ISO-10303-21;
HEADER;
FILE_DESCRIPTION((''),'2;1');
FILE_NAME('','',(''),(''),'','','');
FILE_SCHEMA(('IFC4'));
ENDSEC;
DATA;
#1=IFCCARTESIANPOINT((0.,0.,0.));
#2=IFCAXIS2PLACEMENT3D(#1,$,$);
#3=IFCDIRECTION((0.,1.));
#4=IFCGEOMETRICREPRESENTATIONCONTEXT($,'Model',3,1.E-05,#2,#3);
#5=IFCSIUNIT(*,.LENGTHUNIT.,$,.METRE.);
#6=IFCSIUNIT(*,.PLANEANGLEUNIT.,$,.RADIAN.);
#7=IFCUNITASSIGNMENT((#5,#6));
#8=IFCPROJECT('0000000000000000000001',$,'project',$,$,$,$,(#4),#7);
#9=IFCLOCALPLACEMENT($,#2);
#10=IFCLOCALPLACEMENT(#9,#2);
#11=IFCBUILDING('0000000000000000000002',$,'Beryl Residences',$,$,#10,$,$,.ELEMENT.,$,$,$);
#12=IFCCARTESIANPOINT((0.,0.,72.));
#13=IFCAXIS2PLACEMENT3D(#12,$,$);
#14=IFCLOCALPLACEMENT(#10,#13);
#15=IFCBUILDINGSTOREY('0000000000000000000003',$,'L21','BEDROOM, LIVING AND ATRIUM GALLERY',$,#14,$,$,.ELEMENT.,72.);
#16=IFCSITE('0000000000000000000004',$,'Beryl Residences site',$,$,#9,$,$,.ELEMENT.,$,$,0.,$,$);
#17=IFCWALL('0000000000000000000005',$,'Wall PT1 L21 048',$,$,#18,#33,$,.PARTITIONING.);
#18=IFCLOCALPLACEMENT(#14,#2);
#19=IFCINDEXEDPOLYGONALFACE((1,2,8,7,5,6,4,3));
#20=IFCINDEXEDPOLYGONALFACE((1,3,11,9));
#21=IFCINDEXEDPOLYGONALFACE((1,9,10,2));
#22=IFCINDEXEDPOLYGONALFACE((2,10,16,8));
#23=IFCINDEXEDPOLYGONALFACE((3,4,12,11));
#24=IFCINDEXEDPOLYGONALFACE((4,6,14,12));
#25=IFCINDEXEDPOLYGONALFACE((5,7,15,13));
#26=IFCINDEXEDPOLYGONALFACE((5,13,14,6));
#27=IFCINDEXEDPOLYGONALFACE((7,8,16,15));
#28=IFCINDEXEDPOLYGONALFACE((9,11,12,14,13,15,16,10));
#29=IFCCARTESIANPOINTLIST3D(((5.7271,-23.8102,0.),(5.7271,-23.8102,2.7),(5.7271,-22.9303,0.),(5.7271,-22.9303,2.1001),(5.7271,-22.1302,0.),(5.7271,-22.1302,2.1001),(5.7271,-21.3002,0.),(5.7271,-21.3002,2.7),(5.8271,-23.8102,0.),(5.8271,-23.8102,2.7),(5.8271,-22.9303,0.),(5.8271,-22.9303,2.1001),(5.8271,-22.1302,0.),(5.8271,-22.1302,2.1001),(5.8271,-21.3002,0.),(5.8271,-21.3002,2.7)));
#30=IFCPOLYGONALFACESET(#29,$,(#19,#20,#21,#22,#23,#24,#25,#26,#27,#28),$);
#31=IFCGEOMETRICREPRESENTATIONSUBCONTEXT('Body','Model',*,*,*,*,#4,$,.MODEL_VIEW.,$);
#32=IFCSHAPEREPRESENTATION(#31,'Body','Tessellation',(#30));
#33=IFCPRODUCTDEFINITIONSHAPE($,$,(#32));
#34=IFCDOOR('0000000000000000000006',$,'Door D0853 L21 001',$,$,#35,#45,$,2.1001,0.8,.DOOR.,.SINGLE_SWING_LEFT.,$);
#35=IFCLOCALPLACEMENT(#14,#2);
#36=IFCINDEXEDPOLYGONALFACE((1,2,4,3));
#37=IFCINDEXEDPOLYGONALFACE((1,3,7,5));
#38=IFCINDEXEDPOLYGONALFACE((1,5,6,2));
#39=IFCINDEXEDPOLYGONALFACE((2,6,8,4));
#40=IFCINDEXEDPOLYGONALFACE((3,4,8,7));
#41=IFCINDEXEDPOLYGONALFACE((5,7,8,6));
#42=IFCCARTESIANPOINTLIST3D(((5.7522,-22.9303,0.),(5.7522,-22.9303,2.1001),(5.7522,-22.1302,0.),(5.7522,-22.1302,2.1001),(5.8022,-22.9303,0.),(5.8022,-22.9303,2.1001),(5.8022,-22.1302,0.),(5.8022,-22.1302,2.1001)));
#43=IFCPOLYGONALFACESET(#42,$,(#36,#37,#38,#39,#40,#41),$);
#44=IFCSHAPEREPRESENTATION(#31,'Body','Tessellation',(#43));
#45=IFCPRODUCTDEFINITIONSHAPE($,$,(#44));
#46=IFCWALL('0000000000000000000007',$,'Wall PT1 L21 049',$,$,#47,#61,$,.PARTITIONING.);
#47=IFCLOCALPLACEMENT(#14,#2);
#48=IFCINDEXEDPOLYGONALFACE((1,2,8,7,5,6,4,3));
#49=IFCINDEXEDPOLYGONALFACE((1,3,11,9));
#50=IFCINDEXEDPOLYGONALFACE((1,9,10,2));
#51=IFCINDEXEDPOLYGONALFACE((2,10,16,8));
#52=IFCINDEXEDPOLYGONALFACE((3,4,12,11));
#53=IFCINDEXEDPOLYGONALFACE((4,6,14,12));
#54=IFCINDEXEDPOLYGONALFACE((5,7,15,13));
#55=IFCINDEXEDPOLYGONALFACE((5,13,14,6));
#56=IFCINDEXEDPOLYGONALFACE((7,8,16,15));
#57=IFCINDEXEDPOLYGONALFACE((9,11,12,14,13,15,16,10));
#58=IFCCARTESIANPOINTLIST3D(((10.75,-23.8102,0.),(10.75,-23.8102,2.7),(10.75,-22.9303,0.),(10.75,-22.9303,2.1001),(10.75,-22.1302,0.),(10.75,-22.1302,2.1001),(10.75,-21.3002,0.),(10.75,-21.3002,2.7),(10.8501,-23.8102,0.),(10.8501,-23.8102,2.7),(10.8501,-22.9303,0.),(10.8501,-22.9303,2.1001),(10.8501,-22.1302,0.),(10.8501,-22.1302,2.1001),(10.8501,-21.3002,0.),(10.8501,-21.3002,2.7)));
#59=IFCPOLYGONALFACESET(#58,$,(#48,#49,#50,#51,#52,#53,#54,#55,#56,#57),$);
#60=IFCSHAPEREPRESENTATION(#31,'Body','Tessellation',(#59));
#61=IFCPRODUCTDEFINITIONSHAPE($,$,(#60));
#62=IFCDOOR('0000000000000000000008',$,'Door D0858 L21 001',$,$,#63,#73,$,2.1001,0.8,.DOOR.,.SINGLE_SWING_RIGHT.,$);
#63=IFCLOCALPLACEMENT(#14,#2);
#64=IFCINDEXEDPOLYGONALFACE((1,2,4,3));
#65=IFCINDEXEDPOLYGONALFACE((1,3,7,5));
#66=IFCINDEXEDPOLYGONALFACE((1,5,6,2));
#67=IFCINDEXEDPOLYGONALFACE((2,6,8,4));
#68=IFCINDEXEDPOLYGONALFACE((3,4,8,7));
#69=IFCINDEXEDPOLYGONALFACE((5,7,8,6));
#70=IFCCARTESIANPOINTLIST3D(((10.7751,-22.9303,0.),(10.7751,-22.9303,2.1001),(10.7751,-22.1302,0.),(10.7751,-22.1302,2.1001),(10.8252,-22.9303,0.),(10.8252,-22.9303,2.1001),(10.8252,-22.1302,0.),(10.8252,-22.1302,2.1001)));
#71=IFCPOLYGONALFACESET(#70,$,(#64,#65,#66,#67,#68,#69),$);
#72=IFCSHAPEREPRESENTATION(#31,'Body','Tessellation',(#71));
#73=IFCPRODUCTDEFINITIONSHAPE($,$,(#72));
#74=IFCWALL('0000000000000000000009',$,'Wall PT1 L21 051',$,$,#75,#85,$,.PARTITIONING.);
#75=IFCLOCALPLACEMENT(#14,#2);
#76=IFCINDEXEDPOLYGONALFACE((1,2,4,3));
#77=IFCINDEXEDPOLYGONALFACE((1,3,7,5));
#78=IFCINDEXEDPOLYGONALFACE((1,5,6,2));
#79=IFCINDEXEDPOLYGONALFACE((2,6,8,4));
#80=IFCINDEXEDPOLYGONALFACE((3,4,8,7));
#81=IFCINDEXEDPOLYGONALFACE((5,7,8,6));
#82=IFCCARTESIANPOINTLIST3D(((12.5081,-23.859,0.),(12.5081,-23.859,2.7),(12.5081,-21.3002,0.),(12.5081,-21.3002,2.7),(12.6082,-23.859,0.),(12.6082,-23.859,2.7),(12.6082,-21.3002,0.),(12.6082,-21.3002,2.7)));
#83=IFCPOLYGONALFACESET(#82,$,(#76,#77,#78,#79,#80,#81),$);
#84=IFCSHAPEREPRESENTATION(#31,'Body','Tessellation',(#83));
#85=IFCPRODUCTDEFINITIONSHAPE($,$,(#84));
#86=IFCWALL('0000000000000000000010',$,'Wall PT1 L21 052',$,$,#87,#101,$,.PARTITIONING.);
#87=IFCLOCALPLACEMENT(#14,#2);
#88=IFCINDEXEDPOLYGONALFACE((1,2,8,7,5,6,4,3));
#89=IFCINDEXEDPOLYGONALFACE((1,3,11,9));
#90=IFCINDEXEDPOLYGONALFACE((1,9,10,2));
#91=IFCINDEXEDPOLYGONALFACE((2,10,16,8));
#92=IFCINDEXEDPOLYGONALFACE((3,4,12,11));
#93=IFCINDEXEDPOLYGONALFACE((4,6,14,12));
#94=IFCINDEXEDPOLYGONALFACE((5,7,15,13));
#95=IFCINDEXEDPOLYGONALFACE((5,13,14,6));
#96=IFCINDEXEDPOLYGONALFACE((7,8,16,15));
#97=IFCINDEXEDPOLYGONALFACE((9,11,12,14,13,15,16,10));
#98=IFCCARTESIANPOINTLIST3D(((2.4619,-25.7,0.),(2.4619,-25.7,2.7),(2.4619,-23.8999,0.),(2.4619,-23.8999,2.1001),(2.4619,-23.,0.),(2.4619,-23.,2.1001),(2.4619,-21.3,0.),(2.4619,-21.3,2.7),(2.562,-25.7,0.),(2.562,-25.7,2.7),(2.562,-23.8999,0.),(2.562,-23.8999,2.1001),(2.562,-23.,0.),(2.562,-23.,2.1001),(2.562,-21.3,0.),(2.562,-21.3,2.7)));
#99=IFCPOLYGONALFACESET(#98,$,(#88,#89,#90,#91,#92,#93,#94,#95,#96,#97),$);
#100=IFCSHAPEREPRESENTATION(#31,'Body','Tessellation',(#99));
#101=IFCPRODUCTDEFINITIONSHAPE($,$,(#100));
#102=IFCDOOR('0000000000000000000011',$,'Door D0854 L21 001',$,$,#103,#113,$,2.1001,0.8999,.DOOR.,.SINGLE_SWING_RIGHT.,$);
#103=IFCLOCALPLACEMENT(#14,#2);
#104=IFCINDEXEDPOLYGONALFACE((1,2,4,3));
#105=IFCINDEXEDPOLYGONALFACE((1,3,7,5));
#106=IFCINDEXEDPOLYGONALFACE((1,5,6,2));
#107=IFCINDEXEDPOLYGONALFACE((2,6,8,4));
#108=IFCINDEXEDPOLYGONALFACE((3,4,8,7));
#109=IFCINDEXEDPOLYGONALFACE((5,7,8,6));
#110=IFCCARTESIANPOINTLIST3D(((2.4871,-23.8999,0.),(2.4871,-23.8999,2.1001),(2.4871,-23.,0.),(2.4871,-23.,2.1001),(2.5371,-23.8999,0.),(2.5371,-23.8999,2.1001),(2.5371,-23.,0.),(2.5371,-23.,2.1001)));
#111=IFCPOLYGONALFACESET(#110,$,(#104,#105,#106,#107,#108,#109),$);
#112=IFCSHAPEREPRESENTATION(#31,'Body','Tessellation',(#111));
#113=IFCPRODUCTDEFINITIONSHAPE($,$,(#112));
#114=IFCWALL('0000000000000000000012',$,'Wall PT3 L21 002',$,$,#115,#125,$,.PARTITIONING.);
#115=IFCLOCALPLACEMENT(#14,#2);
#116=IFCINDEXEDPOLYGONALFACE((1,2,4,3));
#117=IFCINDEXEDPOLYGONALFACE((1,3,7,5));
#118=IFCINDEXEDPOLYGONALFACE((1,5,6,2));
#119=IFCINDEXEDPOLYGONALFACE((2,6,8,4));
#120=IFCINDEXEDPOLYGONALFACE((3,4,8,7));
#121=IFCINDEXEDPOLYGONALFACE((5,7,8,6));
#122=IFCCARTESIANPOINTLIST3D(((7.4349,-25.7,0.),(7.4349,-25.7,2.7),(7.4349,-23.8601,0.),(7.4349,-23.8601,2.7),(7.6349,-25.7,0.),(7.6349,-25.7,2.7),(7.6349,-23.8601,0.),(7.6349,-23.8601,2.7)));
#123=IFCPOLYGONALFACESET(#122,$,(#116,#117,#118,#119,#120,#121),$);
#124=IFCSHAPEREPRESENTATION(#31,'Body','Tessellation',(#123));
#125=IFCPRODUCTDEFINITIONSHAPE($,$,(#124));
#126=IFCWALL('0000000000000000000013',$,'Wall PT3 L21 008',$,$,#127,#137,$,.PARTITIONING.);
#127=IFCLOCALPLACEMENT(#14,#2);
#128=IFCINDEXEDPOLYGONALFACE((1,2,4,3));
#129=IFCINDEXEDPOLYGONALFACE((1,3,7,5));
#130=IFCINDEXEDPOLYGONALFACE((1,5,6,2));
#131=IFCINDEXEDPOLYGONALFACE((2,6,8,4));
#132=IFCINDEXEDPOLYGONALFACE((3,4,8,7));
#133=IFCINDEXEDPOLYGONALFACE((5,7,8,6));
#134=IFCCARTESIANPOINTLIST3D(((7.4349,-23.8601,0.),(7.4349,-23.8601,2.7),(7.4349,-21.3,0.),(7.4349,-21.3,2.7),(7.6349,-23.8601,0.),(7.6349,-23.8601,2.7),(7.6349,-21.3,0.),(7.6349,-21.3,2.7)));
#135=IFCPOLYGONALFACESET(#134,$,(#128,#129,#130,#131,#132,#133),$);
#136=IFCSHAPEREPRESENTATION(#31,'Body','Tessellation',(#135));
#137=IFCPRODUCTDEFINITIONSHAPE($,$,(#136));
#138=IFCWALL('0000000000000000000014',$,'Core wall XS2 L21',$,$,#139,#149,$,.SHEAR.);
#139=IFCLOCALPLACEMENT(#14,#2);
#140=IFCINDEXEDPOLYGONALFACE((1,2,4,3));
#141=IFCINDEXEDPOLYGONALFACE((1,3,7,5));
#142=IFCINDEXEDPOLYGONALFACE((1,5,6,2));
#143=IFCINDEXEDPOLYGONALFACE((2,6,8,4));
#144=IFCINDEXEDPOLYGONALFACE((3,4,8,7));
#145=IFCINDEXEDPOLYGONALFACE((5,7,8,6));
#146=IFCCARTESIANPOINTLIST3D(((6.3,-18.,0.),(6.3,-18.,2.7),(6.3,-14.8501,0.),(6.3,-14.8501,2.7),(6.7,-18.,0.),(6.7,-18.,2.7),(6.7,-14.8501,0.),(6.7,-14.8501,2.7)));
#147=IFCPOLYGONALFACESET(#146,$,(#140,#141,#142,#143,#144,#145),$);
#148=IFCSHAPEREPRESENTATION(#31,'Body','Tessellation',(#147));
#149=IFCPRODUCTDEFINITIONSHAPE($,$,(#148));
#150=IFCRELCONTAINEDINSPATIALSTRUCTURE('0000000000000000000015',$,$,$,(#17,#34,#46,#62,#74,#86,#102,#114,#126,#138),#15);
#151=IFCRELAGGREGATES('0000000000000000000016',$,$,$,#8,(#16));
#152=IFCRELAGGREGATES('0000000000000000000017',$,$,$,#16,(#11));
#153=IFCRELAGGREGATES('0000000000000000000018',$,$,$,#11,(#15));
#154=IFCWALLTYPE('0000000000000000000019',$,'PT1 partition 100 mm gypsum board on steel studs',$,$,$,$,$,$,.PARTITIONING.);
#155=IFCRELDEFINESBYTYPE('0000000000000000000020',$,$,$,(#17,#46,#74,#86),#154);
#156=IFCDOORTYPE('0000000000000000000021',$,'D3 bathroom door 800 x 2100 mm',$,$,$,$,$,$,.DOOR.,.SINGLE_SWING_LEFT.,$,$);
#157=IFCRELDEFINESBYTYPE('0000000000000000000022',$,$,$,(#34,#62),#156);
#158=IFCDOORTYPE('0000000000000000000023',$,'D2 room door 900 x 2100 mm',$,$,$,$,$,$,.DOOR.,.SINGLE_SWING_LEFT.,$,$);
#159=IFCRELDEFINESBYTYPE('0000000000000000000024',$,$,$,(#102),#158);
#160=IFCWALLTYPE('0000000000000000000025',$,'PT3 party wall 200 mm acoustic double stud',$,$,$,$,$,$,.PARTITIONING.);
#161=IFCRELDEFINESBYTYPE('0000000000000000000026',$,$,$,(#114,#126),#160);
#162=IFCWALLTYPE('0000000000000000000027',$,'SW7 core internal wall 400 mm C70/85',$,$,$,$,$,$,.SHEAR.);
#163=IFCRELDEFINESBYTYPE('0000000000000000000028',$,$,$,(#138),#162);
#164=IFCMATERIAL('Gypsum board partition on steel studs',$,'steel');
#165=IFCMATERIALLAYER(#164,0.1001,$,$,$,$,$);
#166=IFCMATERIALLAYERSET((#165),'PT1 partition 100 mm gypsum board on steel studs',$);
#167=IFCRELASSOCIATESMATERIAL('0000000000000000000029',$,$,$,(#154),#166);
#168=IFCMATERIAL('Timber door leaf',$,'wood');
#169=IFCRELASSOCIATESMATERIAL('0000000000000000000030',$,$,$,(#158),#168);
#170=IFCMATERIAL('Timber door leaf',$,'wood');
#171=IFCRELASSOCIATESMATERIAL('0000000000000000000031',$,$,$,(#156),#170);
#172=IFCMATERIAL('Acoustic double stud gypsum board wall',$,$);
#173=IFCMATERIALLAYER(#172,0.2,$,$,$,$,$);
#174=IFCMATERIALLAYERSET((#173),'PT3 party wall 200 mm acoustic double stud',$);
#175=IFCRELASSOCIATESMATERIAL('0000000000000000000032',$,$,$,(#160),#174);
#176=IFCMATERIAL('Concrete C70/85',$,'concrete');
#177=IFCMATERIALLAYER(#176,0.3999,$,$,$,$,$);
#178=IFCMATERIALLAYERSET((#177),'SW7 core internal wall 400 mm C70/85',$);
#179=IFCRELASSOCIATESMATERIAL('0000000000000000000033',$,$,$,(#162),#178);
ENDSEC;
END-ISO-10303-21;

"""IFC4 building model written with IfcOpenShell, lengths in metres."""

from ifc_helpers import new_model, si_unit, direction, frame, frame_2d, origin, place, context, subcontext, project, spatial, rectangle, extrude, material, layer, layer_set, type_object, element, fill, save


model = new_model("IFC4")

# Units and contexts
model_context = context("Model", 3, precision=1e-05, world=origin(), true_north=direction((0.0, 1.0)))
body_context = subcontext(model_context, "Body", "Model", "MODEL_VIEW")
ifc_project = project(units=[si_unit("LENGTHUNIT", "METRE"), si_unit("PLANEANGLEUNIT", "RADIAN")], contexts=[model_context])

# Site, building, storey
site_placement = place(None, origin())
site = spatial("IfcSite", under=ifc_project, at=site_placement, Name="Beryl Residences site", CompositionType="ELEMENT", RefElevation=0.0)
building_placement = place(site_placement, origin())
building = spatial("IfcBuilding", under=site, at=building_placement, Name="Beryl Residences", CompositionType="ELEMENT")
storey_placement = place(building_placement, frame((0.0, 0.0, 72.0)))
storey = spatial("IfcBuildingStorey", under=building, at=storey_placement, Name="L21", Description="BEDROOM, LIVING AND ATRIUM GALLERY", CompositionType="ELEMENT", Elevation=72.0)

# Shared definitions
ifc_material_1 = material(Name="Gypsum board partition on steel studs", Category="steel")
ifc_layer_1 = layer(ifc_material_1, 0.1001)
ifc_layer_set_1 = layer_set([ifc_layer_1], Name="PT1 partition 100 mm gypsum board on steel studs")
wall_type_1 = type_object("IfcWallType", Name="PT1 partition 100 mm gypsum board on steel studs", PredefinedType="PARTITIONING", material=ifc_layer_set_1)
ifc_material_2 = material(Name="Timber door leaf", Category="wood")
door_type_1 = type_object("IfcDoorType", Name="D2 room door 900 x 2100 mm", OperationType="SINGLE_SWING_LEFT", PredefinedType="DOOR", material=ifc_material_2)

# Walls, openings, doors
wall_1_placement = place(storey_placement, frame((5.7771, -23.8101, 0.0), z_axis=(0.0, 0.0, 1.0), x_axis=(0.0, 1.0, 0.0)))
wall_1 = element("IfcWall", 1, at=wall_1_placement, inside=storey, type_object=wall_type_1, Name="Wall PT1 L21 048", PredefinedType="PARTITIONING", context=body_context, shape_type="SweptSolid", body=[
    extrude(rectangle(XDim=2.51, YDim=0.1001, at=frame_2d((1.2549, 0.0))), origin(), (0.0, 0.0, 1.0), 2.7),
])
opening_1_placement = place(wall_1_placement, frame((0.8799, 0.0, 0.0)))
opening_1 = element("IfcOpeningElement", 2, at=opening_1_placement, cuts=wall_1, PredefinedType="OPENING", context=body_context, shape_type="SweptSolid", body=[
    extrude(rectangle(XDim=0.8, YDim=2.1001, at=frame_2d((0.3999, 1.05))), frame((0.0, 0.0601, 0.0), z_axis=(0.0, -1.0, 0.0), x_axis=(1.0, 0.0, 0.0)), (0.0, 0.0, 1.0), 0.1201),
])
ifc_material_3 = material(Name="Timber door leaf", Category="wood")
door_type_2 = type_object("IfcDoorType", Name="D3 bathroom door 800 x 2100 mm", OperationType="SINGLE_SWING_LEFT", PredefinedType="DOOR", material=ifc_material_3)
door_1_placement = place(opening_1_placement, origin())
door_1 = element("IfcDoor", 3, at=door_1_placement, inside=storey, type_object=door_type_2, Name="Door D0853 L21 001", OperationType="SINGLE_SWING_LEFT", OverallHeight=2.1001, OverallWidth=0.8, PredefinedType="DOOR", context=body_context, shape_type="SweptSolid", body=[
    extrude(rectangle(XDim=0.8, YDim=2.1001, at=frame_2d((0.3999, 1.05))), frame((0.0, 0.0249, 0.0), z_axis=(0.0, -1.0, 0.0), x_axis=(1.0, 0.0, 0.0)), (0.0, 0.0, 1.0), 0.05),
])
fill(opening_1, door_1)
wall_2_placement = place(storey_placement, frame((10.8, -23.8101, 0.0), z_axis=(0.0, 0.0, 1.0), x_axis=(0.0, 1.0, 0.0)))
wall_2 = element("IfcWall", 4, at=wall_2_placement, inside=storey, type_object=wall_type_1, Name="Wall PT1 L21 049", PredefinedType="PARTITIONING", context=body_context, shape_type="SweptSolid", body=[
    extrude(rectangle(XDim=2.51, YDim=0.1001, at=frame_2d((1.2549, 0.0))), origin(), (0.0, 0.0, 1.0), 2.7),
])
opening_2_placement = place(wall_2_placement, frame((0.8799, 0.0, 0.0)))
opening_2 = element("IfcOpeningElement", 5, at=opening_2_placement, cuts=wall_2, PredefinedType="OPENING", context=body_context, shape_type="SweptSolid", body=[
    extrude(rectangle(XDim=0.8, YDim=2.1001, at=frame_2d((0.3999, 1.05))), frame((0.0, 0.0601, 0.0), z_axis=(0.0, -1.0, 0.0), x_axis=(1.0, 0.0, 0.0)), (0.0, 0.0, 1.0), 0.1201),
])
door_2_placement = place(opening_2_placement, origin())
door_2 = element("IfcDoor", 6, at=door_2_placement, inside=storey, type_object=door_type_2, Name="Door D0858 L21 001", OperationType="SINGLE_SWING_RIGHT", OverallHeight=2.1001, OverallWidth=0.8, PredefinedType="DOOR", context=body_context, shape_type="SweptSolid", body=[
    extrude(rectangle(XDim=0.8, YDim=2.1001, at=frame_2d((0.3999, 1.05))), frame((0.0, 0.0249, 0.0), z_axis=(0.0, -1.0, 0.0), x_axis=(1.0, 0.0, 0.0)), (0.0, 0.0, 1.0), 0.05),
])
fill(opening_2, door_2)

# Wall
wall_3_placement = place(storey_placement, frame((12.5581, -23.8589, 0.0), z_axis=(0.0, 0.0, 1.0), x_axis=(0.0, 1.0, 0.0)))
element("IfcWall", 7, at=wall_3_placement, inside=storey, type_object=wall_type_1, Name="Wall PT1 L21 051", PredefinedType="PARTITIONING", context=body_context, shape_type="SweptSolid", body=[
    extrude(rectangle(XDim=2.5588, YDim=0.1001, at=frame_2d((1.2793, 0.0))), origin(), (0.0, 0.0, 1.0), 2.7),
])

# Wall, opening, door
wall_4_placement = place(storey_placement, frame((2.512, -25.7, 0.0), z_axis=(0.0, 0.0, 1.0), x_axis=(0.0, 1.0, 0.0)))
wall_4 = element("IfcWall", 8, at=wall_4_placement, inside=storey, type_object=wall_type_1, Name="Wall PT1 L21 052", PredefinedType="PARTITIONING", context=body_context, shape_type="SweptSolid", body=[
    extrude(rectangle(XDim=4.3999, YDim=0.1001, at=frame_2d((2.2, 0.0))), origin(), (0.0, 0.0, 1.0), 2.7),
])
opening_3_placement = place(wall_4_placement, frame((1.8, 0.0, 0.0)))
opening_3 = element("IfcOpeningElement", 9, at=opening_3_placement, cuts=wall_4, PredefinedType="OPENING", context=body_context, shape_type="SweptSolid", body=[
    extrude(rectangle(XDim=0.8999, YDim=2.1001, at=frame_2d((0.45, 1.05))), frame((0.0, 0.0601, 0.0), z_axis=(0.0, -1.0, 0.0), x_axis=(1.0, 0.0, 0.0)), (0.0, 0.0, 1.0), 0.1201),
])
door_3_placement = place(opening_3_placement, origin())
door_3 = element("IfcDoor", 10, at=door_3_placement, inside=storey, type_object=door_type_1, Name="Door D0854 L21 001", OperationType="SINGLE_SWING_RIGHT", OverallHeight=2.1001, OverallWidth=0.8999, PredefinedType="DOOR", context=body_context, shape_type="SweptSolid", body=[
    extrude(rectangle(XDim=0.8999, YDim=2.1001, at=frame_2d((0.45, 1.05))), frame((0.0, 0.0249, 0.0), z_axis=(0.0, -1.0, 0.0), x_axis=(1.0, 0.0, 0.0)), (0.0, 0.0, 1.0), 0.05),
])
fill(opening_3, door_3)

# Walls
ifc_material_4 = material(Name="Acoustic double stud gypsum board wall")
ifc_layer_2 = layer(ifc_material_4, 0.2)
ifc_layer_set_2 = layer_set([ifc_layer_2], Name="PT3 party wall 200 mm acoustic double stud")
wall_type_2 = type_object("IfcWallType", Name="PT3 party wall 200 mm acoustic double stud", PredefinedType="PARTITIONING", material=ifc_layer_set_2)
wall_5_placement = place(storey_placement, frame((7.5349, -23.8601, 0.0), z_axis=(0.0, 0.0, 1.0), x_axis=(0.0, -1.0, 0.0)))
element("IfcWall", 11, at=wall_5_placement, inside=storey, type_object=wall_type_2, Name="Wall PT3 L21 002", PredefinedType="PARTITIONING", context=body_context, shape_type="SweptSolid", body=[
    extrude(rectangle(XDim=1.8398, YDim=0.2, at=frame_2d((0.9199, 0.0))), origin(), (0.0, 0.0, 1.0), 2.7),
])
wall_6_placement = place(storey_placement, frame((7.5349, -23.8601, 0.0), z_axis=(0.0, 0.0, 1.0), x_axis=(0.0, 1.0, 0.0)))
element("IfcWall", 12, at=wall_6_placement, inside=storey, type_object=wall_type_2, Name="Wall PT3 L21 008", PredefinedType="PARTITIONING", context=body_context, shape_type="SweptSolid", body=[
    extrude(rectangle(XDim=2.5601, YDim=0.2, at=frame_2d((1.28, 0.0))), origin(), (0.0, 0.0, 1.0), 2.7),
])
ifc_material_5 = material(Name="Concrete C70/85", Category="concrete")
ifc_layer_3 = layer(ifc_material_5, 0.3999)
ifc_layer_set_3 = layer_set([ifc_layer_3], Name="SW7 core internal wall 400 mm C70/85")
wall_type_3 = type_object("IfcWallType", Name="SW7 core internal wall 400 mm C70/85", PredefinedType="SHEAR", material=ifc_layer_set_3)
wall_7_placement = place(storey_placement, frame((6.5, -18.0, 0.0), z_axis=(0.0, 0.0, 1.0), x_axis=(0.0, 1.0, 0.0)))
element("IfcWall", 13, at=wall_7_placement, inside=storey, type_object=wall_type_3, Name="Core wall XS2 L21", PredefinedType="SHEAR", context=body_context, shape_type="SweptSolid", body=[
    extrude(rectangle(XDim=3.1499, YDim=0.3999, at=frame_2d((1.575, 0.0))), origin(), (0.0, 0.0, 1.0), 2.7),
])

save(model, "model.ifc")
